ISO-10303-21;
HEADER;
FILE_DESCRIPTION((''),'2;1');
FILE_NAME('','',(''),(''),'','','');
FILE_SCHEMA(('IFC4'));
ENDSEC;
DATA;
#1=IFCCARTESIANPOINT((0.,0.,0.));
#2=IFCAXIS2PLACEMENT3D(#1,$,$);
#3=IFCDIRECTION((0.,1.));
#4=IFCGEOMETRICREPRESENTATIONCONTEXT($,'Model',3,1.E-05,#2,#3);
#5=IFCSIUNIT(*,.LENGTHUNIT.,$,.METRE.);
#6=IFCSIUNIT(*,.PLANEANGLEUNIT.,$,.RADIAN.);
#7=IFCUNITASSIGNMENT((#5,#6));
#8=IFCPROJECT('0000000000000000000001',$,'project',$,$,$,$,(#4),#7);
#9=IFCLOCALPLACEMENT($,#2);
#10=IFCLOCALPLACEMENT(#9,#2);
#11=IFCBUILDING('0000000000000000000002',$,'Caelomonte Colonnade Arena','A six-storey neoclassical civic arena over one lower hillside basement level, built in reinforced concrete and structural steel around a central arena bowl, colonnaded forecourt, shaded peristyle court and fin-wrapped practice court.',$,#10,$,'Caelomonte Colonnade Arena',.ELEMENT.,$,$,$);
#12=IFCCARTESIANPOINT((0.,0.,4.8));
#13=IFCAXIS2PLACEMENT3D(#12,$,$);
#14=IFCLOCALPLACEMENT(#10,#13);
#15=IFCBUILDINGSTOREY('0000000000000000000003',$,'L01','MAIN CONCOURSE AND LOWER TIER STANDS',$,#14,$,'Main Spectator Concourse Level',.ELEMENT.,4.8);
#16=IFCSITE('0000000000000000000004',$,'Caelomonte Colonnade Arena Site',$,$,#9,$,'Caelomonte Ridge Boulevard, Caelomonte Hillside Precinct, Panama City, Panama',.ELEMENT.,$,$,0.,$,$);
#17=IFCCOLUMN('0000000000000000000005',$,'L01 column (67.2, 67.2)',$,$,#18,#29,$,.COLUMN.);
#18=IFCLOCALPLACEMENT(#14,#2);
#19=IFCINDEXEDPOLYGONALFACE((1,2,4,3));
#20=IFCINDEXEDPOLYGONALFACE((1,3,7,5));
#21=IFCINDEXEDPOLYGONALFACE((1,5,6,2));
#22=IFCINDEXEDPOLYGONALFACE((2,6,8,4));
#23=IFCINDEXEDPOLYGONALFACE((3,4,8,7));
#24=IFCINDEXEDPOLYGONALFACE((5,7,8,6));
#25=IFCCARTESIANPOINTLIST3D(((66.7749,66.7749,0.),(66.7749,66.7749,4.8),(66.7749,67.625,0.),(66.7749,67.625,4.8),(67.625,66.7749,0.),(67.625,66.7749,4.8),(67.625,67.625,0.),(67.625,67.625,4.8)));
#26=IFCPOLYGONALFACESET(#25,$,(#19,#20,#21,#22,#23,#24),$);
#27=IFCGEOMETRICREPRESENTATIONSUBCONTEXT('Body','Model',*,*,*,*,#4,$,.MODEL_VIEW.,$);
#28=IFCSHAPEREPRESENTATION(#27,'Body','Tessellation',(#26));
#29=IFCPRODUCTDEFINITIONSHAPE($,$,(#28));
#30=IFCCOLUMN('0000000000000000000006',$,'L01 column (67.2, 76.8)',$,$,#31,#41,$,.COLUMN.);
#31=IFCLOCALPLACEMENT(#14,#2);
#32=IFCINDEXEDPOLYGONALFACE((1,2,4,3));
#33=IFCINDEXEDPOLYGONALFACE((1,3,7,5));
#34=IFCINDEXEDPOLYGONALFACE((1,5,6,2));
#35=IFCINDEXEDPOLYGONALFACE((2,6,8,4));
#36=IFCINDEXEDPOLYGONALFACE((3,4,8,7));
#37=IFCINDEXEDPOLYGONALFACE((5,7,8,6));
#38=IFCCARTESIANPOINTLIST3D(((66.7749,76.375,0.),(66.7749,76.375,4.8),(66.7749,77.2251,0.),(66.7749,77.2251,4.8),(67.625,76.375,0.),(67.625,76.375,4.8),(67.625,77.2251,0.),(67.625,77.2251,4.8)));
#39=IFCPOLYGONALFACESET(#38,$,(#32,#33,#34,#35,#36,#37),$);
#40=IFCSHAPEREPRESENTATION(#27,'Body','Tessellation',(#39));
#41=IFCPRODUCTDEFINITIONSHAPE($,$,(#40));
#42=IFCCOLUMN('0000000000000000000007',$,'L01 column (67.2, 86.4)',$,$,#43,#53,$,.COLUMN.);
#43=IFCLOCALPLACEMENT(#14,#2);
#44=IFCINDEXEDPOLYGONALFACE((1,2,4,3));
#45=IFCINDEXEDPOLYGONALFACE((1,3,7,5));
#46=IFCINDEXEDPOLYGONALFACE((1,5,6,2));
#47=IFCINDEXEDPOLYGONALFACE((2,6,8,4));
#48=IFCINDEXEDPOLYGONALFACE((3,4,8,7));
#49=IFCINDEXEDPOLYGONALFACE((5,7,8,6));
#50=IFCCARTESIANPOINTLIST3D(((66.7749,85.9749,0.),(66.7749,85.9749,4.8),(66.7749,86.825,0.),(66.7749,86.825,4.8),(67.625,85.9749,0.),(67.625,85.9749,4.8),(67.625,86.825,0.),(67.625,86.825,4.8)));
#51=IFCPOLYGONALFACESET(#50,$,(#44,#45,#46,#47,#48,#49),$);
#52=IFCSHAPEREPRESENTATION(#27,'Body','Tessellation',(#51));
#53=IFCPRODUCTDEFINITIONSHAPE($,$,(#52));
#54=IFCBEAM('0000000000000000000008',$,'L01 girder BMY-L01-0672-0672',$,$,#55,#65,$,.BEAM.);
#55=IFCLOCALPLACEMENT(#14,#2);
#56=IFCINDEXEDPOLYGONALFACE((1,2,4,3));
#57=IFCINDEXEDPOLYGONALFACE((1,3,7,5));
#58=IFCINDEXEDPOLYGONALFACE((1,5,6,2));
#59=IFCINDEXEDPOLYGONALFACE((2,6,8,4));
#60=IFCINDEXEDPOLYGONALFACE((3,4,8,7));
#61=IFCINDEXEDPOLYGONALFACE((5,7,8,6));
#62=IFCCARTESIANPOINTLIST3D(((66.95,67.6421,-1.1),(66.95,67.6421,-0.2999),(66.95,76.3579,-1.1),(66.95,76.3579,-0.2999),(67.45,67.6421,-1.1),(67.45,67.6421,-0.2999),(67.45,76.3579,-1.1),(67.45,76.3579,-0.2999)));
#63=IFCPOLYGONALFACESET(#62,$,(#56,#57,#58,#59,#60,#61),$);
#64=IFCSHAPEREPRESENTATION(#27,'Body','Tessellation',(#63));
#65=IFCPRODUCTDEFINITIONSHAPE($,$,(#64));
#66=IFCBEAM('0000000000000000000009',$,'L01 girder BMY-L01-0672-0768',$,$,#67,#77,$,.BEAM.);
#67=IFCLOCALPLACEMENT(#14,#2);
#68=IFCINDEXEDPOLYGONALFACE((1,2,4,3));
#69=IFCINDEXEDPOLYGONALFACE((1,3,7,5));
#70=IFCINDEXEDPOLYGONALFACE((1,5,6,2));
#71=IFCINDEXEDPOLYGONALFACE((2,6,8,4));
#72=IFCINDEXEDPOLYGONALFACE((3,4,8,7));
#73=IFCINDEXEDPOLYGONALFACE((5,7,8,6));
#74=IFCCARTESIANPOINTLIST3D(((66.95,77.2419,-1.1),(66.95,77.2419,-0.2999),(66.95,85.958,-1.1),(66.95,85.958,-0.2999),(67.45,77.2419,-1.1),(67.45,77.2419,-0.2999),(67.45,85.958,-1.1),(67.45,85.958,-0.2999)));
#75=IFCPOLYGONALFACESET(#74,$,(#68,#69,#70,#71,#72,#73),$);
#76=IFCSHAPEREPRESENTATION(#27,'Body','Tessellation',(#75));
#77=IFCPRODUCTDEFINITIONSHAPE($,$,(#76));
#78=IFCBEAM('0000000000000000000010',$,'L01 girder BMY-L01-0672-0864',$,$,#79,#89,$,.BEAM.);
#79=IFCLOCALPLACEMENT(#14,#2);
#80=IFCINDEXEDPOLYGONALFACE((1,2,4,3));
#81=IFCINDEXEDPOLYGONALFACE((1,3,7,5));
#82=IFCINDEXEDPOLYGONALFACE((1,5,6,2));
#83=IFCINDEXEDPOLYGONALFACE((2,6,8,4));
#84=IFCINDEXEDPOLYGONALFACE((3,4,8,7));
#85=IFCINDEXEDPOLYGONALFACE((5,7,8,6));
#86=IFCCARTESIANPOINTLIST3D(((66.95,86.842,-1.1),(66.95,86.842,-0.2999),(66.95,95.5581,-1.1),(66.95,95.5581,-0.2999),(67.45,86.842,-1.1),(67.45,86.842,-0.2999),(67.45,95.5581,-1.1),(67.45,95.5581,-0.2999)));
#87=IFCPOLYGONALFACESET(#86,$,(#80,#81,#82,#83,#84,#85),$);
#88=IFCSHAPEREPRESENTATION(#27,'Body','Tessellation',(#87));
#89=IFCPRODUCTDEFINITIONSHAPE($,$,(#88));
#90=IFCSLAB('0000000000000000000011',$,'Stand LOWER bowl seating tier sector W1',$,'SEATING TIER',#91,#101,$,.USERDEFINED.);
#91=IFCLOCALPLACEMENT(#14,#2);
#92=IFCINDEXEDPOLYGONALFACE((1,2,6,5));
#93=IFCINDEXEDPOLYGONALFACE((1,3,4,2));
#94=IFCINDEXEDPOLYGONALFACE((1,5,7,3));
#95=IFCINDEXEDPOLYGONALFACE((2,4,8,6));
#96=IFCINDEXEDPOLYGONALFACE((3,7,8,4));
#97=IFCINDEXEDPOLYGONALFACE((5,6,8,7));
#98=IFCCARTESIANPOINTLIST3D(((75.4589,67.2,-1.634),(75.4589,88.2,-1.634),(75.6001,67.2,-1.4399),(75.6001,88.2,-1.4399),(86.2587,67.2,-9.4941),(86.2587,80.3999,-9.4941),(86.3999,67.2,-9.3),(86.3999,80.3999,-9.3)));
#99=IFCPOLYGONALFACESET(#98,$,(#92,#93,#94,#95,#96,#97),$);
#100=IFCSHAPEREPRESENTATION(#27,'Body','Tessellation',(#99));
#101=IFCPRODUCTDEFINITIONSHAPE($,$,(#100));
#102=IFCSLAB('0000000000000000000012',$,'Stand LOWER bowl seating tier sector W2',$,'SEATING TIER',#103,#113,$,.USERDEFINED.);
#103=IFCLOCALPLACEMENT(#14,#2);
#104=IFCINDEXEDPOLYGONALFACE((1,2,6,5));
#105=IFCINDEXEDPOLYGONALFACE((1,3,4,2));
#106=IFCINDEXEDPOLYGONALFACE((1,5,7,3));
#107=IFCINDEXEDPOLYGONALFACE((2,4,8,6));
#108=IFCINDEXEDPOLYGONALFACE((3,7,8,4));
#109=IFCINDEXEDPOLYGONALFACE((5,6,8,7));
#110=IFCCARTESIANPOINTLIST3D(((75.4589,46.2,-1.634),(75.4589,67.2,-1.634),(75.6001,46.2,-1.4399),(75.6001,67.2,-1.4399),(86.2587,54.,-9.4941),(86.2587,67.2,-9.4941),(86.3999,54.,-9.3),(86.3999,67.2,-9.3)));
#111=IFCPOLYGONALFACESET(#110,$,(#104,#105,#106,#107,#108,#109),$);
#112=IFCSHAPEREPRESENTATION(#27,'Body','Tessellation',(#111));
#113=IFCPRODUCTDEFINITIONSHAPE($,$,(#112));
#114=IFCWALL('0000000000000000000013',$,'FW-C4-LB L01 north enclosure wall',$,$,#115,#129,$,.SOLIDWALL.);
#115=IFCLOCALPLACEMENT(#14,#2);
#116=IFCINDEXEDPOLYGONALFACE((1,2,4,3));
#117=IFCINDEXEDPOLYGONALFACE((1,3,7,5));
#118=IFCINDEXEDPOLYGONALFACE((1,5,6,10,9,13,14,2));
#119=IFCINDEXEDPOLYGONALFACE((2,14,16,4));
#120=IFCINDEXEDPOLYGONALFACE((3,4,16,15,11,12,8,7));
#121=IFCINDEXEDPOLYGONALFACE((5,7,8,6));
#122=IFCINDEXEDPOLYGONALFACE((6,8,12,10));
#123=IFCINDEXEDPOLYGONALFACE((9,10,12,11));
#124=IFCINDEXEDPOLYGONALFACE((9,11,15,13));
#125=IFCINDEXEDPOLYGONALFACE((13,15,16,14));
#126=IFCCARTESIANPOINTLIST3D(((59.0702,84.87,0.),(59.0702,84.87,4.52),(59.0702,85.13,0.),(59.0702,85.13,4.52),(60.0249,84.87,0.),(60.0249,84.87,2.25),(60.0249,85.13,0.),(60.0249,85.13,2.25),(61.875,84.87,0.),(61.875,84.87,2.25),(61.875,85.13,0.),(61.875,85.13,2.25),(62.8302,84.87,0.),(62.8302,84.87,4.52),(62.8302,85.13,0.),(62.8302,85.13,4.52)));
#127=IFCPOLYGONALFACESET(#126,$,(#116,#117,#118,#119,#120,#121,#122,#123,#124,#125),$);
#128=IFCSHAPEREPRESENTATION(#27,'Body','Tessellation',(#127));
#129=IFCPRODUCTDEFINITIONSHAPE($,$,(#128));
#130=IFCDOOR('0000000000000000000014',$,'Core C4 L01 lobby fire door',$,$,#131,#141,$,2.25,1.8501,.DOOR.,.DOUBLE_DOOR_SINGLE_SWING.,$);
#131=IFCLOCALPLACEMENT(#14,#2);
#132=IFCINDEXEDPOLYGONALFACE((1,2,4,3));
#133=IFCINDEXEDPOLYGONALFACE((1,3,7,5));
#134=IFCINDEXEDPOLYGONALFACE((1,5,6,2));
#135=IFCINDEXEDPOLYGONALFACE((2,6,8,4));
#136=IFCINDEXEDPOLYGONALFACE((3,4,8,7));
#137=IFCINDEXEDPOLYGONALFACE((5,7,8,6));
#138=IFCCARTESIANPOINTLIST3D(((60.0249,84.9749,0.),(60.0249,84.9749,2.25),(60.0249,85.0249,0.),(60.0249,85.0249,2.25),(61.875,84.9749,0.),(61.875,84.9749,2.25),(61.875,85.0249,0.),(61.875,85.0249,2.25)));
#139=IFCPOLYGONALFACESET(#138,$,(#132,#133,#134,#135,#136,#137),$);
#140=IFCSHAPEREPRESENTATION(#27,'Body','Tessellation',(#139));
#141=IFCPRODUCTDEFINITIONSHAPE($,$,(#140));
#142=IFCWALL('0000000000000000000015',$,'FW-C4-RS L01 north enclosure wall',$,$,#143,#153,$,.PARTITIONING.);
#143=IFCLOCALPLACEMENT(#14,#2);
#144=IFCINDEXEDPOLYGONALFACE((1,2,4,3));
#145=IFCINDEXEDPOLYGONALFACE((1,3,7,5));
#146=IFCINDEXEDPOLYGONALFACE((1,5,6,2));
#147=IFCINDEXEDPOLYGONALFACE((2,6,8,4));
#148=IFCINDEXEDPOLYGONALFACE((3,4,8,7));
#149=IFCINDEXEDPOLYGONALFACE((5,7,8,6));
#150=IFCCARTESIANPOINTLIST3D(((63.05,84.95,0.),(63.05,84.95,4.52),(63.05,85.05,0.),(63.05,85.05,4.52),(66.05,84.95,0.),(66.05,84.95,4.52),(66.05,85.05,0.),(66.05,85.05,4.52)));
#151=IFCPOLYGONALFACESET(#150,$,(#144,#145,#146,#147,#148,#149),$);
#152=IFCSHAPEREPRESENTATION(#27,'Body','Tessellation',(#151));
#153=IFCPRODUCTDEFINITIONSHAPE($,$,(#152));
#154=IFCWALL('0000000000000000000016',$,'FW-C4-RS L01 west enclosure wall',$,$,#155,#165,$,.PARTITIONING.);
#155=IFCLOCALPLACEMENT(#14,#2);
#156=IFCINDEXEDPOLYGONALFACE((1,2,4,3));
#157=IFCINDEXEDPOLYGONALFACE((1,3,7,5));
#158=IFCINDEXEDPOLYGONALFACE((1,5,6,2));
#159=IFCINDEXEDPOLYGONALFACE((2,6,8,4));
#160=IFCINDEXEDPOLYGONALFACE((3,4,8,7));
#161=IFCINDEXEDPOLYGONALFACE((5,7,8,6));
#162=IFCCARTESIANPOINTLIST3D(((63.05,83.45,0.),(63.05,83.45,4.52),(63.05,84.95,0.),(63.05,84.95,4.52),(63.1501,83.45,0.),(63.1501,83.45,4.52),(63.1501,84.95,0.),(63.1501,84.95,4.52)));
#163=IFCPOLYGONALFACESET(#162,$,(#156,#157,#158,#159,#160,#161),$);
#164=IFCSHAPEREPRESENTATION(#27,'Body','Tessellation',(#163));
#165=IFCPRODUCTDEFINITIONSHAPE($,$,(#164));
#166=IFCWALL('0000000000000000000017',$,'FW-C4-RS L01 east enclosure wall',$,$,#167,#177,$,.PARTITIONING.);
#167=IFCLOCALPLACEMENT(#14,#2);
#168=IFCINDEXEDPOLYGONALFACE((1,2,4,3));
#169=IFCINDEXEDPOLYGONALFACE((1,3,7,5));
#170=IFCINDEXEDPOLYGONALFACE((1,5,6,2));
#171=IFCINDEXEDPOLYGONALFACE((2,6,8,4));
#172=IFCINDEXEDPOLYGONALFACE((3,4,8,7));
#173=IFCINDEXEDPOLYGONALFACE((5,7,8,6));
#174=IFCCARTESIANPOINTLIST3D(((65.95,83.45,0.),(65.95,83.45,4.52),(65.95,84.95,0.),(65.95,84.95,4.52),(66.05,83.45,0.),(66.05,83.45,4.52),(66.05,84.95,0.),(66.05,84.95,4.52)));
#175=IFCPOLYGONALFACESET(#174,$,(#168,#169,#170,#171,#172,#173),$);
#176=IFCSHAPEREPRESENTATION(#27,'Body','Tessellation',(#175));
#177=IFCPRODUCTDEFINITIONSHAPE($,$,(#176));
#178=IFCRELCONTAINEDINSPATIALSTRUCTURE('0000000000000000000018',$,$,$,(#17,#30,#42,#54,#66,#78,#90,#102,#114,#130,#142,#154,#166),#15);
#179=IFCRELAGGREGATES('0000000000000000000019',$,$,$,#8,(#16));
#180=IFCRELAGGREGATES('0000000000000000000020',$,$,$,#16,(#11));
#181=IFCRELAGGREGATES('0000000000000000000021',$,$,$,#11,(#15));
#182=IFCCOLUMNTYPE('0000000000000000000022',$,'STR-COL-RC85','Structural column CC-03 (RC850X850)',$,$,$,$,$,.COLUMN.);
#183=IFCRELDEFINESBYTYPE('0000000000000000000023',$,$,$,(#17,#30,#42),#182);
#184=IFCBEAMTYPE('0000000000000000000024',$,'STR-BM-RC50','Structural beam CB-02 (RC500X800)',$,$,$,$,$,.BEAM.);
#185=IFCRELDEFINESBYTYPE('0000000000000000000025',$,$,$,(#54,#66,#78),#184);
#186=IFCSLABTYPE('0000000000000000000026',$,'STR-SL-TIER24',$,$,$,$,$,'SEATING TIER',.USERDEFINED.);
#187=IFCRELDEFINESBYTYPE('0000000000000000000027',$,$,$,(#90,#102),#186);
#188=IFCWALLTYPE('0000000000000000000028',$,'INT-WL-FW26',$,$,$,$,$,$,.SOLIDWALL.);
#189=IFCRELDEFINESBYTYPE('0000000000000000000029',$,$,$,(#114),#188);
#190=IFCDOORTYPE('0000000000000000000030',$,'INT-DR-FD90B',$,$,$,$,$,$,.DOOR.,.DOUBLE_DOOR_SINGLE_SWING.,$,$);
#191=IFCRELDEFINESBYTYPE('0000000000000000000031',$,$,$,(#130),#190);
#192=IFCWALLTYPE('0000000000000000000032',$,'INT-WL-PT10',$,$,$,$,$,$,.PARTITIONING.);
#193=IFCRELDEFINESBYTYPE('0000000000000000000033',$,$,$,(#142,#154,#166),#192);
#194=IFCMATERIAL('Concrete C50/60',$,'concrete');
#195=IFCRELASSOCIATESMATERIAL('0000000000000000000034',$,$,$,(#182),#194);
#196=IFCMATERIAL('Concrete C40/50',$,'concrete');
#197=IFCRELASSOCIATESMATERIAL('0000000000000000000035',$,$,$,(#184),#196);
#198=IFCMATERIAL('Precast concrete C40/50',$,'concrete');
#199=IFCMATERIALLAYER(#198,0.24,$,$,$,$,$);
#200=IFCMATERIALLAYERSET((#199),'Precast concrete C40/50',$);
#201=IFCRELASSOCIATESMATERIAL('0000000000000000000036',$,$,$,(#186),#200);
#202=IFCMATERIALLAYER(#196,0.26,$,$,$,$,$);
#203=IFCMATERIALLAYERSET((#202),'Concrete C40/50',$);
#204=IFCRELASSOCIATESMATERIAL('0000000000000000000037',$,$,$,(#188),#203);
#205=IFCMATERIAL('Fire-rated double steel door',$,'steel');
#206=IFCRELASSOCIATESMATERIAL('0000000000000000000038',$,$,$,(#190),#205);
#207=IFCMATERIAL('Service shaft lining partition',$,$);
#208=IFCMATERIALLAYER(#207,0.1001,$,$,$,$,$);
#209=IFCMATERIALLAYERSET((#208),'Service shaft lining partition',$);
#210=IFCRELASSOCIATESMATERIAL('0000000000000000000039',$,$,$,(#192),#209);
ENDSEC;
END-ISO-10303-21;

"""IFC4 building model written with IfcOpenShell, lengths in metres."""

from ifc_helpers import new_model, si_unit, direction, frame, frame_2d, origin, origin_2d, place, context, subcontext, project, spatial, polyline, rectangle, outline, extrude, material, layer, layer_set, material_profile, profile_set, type_object, element, fill, save


model = new_model("IFC4")

# Units and contexts
model_context = context("Model", 3, precision=1e-05, world=origin(), true_north=direction((0.0, 1.0)))
body_context = subcontext(model_context, "Body", "Model", "MODEL_VIEW")
ifc_project = project(units=[si_unit("LENGTHUNIT", "METRE"), si_unit("PLANEANGLEUNIT", "RADIAN")], contexts=[model_context])

# Site, building, storey
site_placement = place(None, origin())
site = spatial("IfcSite", under=ifc_project, at=site_placement, Name="Caelomonte Colonnade Arena Site", LongName="Caelomonte Ridge Boulevard, Caelomonte Hillside Precinct, Panama City, Panama", CompositionType="ELEMENT", RefElevation=0.0)
building_placement = place(site_placement, origin())
building = spatial("IfcBuilding", under=site, at=building_placement, Name="Caelomonte Colonnade Arena", Description="A six-storey neoclassical civic arena over one lower hillside basement level, built in reinforced concrete and structural steel around a central arena bowl, colonnaded forecourt, shaded peristyle court and fin-wrapped practice court.", LongName="Caelomonte Colonnade Arena", CompositionType="ELEMENT")
storey_placement = place(building_placement, frame((0.0, 0.0, 4.8)))
storey = spatial("IfcBuildingStorey", under=building, at=storey_placement, Name="L01", Description="MAIN CONCOURSE AND LOWER TIER STANDS", LongName="Main Spectator Concourse Level", CompositionType="ELEMENT", Elevation=4.8)

# Columns
ifc_material_1 = material(Name="Concrete C50/60", Category="concrete")
ifc_material_profile_1 = material_profile(ifc_material_1, rectangle(XDim=0.8501, YDim=0.8501, at=origin_2d()), Name="RC850X850")
ifc_profile_set_1 = profile_set([ifc_material_profile_1], Name="Concrete C50/60")
column_type = type_object("IfcColumnType", Name="STR-COL-RC85", Description="Structural column CC-03 (RC850X850)", PredefinedType="COLUMN", material=ifc_profile_set_1)
for number, where, z_axis, x_axis, name in (
    (1, (67.2, 67.2, 0.0), (0.0, 0.0, 1.0), (1.0, 0.0, 0.0), "L01 column (67.2, 67.2)"),
    (2, (67.2, 76.8, 0.0), (0.0, 0.0, 1.0), (1.0, 0.0, 0.0), "L01 column (67.2, 76.8)"),
    (3, (67.2, 86.3999, 0.0), (0.0, 0.0, 1.0), (1.0, 0.0, 0.0), "L01 column (67.2, 86.4)"),
):
    element("IfcColumn", number, at=place(storey_placement, frame(where, z_axis=z_axis, x_axis=x_axis)), inside=storey, type_object=column_type, Name=name, PredefinedType="COLUMN", context=body_context, shape_type="SweptSolid", body=[
        extrude(rectangle(XDim=0.8501, YDim=0.8501, at=origin_2d()), origin(), (0.0, 0.0, 1.0), 4.8),
    ])

# Beams
ifc_material_2 = material(Name="Concrete C40/50", Category="concrete")
ifc_material_profile_2 = material_profile(ifc_material_2, rectangle(XDim=0.5, YDim=0.8, at=origin_2d()), Name="RC500X800")
ifc_profile_set_2 = profile_set([ifc_material_profile_2], Name="Concrete C40/50")
beam_type = type_object("IfcBeamType", Name="STR-BM-RC50", Description="Structural beam CB-02 (RC500X800)", PredefinedType="BEAM", material=ifc_profile_set_2)
beam_placement = place(storey_placement, frame((67.2, 67.6421, -0.7), z_axis=(0.0, 1.0, 0.0), x_axis=(-1.0, 0.0, 0.0)))
element("IfcBeam", 4, at=beam_placement, inside=storey, type_object=beam_type, Name="L01 girder BMY-L01-0672-0672", PredefinedType="BEAM", context=body_context, shape_type="SweptSolid", body=[
    extrude(rectangle(XDim=0.5, YDim=0.8, at=origin_2d()), origin(), (0.0, 0.0, 1.0), 8.7158),
])
for number, where, z_axis, x_axis, name in (
    (5, (67.2, 77.2419, -0.7), (0.0, 1.0, 0.0), (-1.0, 0.0, 0.0), "L01 girder BMY-L01-0672-0768"),
    (6, (67.2, 86.842, -0.7), (0.0, 1.0, 0.0), (-1.0, 0.0, 0.0), "L01 girder BMY-L01-0672-0864"),
):
    element("IfcBeam", number, at=place(storey_placement, frame(where, z_axis=z_axis, x_axis=x_axis)), inside=storey, type_object=beam_type, Name=name, PredefinedType="BEAM", context=body_context, shape_type="SweptSolid", body=[
        extrude(rectangle(XDim=0.5, YDim=0.8, at=origin_2d()), origin(), (0.0, 0.0, 1.0), 8.7161),
    ])

# Slabs
ifc_material_3 = material(Name="Precast concrete C40/50", Category="concrete")
ifc_layer_1 = layer(ifc_material_3, 0.24)
ifc_layer_set_1 = layer_set([ifc_layer_1], Name="Precast concrete C40/50")
slab_type = type_object("IfcSlabType", Name="STR-SL-TIER24", ElementType="SEATING TIER", PredefinedType="USERDEFINED", material=ifc_layer_set_1)
slab_1_placement = place(storey_placement, frame((86.3999, 80.3999, -9.3), z_axis=(0.588451, 0.0, 0.808533), x_axis=(0.0, -1.0, 0.0)))
element("IfcSlab", 7, at=slab_1_placement, inside=storey, type_object=slab_type, Name="Stand LOWER bowl seating tier sector W1", ObjectType="SEATING TIER", PredefinedType="USERDEFINED", context=body_context, shape_type="SweptSolid", body=[
    extrude(outline(polyline([(0.0, 0.0), (13.2, 0.0), (13.2, -13.3573), (-7.8, -13.3573), (0.0, 0.0)])), origin(), (0.0, 0.0, -1.0), 0.24),
])
slab_2_placement = place(storey_placement, frame((86.3999, 67.2, -9.3), z_axis=(0.588451, 0.0, 0.808533), x_axis=(0.0, -1.0, 0.0)))
element("IfcSlab", 8, at=slab_2_placement, inside=storey, type_object=slab_type, Name="Stand LOWER bowl seating tier sector W2", ObjectType="SEATING TIER", PredefinedType="USERDEFINED", context=body_context, shape_type="SweptSolid", body=[
    extrude(outline(polyline([(0.0, 0.0), (13.2, 0.0), (21.0, -13.3573), (0.0, -13.3573), (0.0, 0.0)])), origin(), (0.0, 0.0, -1.0), 0.24),
])

# Wall, opening, door
ifc_layer_2 = layer(ifc_material_2, 0.26)
ifc_layer_set_2 = layer_set([ifc_layer_2], Name="Concrete C40/50")
wall_type_1 = type_object("IfcWallType", Name="INT-WL-FW26", PredefinedType="SOLIDWALL", material=ifc_layer_set_2)
wall_1_placement = place(storey_placement, frame((62.8301, 85.0, 0.0), z_axis=(0.0, 0.0, 1.0), x_axis=(-1.0, 0.0, 0.0)))
wall_1 = element("IfcWall", 9, at=wall_1_placement, inside=storey, type_object=wall_type_1, Name="FW-C4-LB L01 north enclosure wall", PredefinedType="SOLIDWALL", context=body_context, shape_type="SweptSolid", body=[
    extrude(rectangle(XDim=3.76, YDim=0.26, at=frame_2d((1.8799, 0.0))), origin(), (0.0, 0.0, 1.0), 4.52),
])
opening_1_placement = place(wall_1_placement, frame((2.8052, 0.0, 0.0), z_axis=(0.0, 0.0, 1.0), x_axis=(-1.0, 0.0, 0.0)))
opening_1 = element("IfcOpeningElement", 10, at=opening_1_placement, cuts=wall_1, PredefinedType="OPENING", context=body_context, shape_type="SweptSolid", body=[
    extrude(rectangle(XDim=1.8501, YDim=2.25, at=frame_2d((0.925, 1.125))), frame((0.0, 0.1399, 0.0), z_axis=(0.0, -1.0, 0.0), x_axis=(1.0, 0.0, 0.0)), (0.0, 0.0, 1.0), 0.28),
])
ifc_material_4 = material(Name="Fire-rated double steel door", Category="steel")
door_type_1 = type_object("IfcDoorType", Name="INT-DR-FD90B", OperationType="DOUBLE_DOOR_SINGLE_SWING", PredefinedType="DOOR", material=ifc_material_4)
door_1_placement = place(opening_1_placement, origin())
door_1 = element("IfcDoor", 11, at=door_1_placement, inside=storey, type_object=door_type_1, Name="Core C4 L01 lobby fire door", OperationType="DOUBLE_DOOR_SINGLE_SWING", OverallHeight=2.25, OverallWidth=1.8501, PredefinedType="DOOR", context=body_context, shape_type="SweptSolid", body=[
    extrude(rectangle(XDim=1.8501, YDim=2.25, at=frame_2d((0.925, 1.125))), frame((0.0, 0.0249, 0.0), z_axis=(0.0, -1.0, 0.0), x_axis=(1.0, 0.0, 0.0)), (0.0, 0.0, 1.0), 0.05),
])
fill(opening_1, door_1)

# Walls
ifc_material_5 = material(Name="Service shaft lining partition")
ifc_layer_3 = layer(ifc_material_5, 0.1001)
ifc_layer_set_3 = layer_set([ifc_layer_3], Name="Service shaft lining partition")
wall_type_2 = type_object("IfcWallType", Name="INT-WL-PT10", PredefinedType="PARTITIONING", material=ifc_layer_set_3)
wall_2_placement = place(storey_placement, frame((66.05, 85.0, 0.0), z_axis=(0.0, 0.0, 1.0), x_axis=(-1.0, 0.0, 0.0)))
element("IfcWall", 12, at=wall_2_placement, inside=storey, type_object=wall_type_2, Name="FW-C4-RS L01 north enclosure wall", PredefinedType="PARTITIONING", context=body_context, shape_type="SweptSolid", body=[
    extrude(rectangle(XDim=3.0, YDim=0.1001, at=frame_2d((1.5, 0.0))), origin(), (0.0, 0.0, 1.0), 4.52),
])
for number, where, z_axis, x_axis, name in (
    (13, (63.1001, 84.95, 0.0), (0.0, 0.0, 1.0), (0.0, -1.0, 0.0), "FW-C4-RS L01 west enclosure wall"),
    (14, (66.0, 83.45, 0.0), (0.0, 0.0, 1.0), (0.0, 1.0, 0.0), "FW-C4-RS L01 east enclosure wall"),
):
    element("IfcWall", number, at=place(storey_placement, frame(where, z_axis=z_axis, x_axis=x_axis)), inside=storey, type_object=wall_type_2, Name=name, PredefinedType="PARTITIONING", context=body_context, shape_type="SweptSolid", body=[
        extrude(rectangle(XDim=1.5, YDim=0.1001, at=frame_2d((0.75, 0.0))), origin(), (0.0, 0.0, 1.0), 4.52),
    ])

save(model, "model.ifc")
